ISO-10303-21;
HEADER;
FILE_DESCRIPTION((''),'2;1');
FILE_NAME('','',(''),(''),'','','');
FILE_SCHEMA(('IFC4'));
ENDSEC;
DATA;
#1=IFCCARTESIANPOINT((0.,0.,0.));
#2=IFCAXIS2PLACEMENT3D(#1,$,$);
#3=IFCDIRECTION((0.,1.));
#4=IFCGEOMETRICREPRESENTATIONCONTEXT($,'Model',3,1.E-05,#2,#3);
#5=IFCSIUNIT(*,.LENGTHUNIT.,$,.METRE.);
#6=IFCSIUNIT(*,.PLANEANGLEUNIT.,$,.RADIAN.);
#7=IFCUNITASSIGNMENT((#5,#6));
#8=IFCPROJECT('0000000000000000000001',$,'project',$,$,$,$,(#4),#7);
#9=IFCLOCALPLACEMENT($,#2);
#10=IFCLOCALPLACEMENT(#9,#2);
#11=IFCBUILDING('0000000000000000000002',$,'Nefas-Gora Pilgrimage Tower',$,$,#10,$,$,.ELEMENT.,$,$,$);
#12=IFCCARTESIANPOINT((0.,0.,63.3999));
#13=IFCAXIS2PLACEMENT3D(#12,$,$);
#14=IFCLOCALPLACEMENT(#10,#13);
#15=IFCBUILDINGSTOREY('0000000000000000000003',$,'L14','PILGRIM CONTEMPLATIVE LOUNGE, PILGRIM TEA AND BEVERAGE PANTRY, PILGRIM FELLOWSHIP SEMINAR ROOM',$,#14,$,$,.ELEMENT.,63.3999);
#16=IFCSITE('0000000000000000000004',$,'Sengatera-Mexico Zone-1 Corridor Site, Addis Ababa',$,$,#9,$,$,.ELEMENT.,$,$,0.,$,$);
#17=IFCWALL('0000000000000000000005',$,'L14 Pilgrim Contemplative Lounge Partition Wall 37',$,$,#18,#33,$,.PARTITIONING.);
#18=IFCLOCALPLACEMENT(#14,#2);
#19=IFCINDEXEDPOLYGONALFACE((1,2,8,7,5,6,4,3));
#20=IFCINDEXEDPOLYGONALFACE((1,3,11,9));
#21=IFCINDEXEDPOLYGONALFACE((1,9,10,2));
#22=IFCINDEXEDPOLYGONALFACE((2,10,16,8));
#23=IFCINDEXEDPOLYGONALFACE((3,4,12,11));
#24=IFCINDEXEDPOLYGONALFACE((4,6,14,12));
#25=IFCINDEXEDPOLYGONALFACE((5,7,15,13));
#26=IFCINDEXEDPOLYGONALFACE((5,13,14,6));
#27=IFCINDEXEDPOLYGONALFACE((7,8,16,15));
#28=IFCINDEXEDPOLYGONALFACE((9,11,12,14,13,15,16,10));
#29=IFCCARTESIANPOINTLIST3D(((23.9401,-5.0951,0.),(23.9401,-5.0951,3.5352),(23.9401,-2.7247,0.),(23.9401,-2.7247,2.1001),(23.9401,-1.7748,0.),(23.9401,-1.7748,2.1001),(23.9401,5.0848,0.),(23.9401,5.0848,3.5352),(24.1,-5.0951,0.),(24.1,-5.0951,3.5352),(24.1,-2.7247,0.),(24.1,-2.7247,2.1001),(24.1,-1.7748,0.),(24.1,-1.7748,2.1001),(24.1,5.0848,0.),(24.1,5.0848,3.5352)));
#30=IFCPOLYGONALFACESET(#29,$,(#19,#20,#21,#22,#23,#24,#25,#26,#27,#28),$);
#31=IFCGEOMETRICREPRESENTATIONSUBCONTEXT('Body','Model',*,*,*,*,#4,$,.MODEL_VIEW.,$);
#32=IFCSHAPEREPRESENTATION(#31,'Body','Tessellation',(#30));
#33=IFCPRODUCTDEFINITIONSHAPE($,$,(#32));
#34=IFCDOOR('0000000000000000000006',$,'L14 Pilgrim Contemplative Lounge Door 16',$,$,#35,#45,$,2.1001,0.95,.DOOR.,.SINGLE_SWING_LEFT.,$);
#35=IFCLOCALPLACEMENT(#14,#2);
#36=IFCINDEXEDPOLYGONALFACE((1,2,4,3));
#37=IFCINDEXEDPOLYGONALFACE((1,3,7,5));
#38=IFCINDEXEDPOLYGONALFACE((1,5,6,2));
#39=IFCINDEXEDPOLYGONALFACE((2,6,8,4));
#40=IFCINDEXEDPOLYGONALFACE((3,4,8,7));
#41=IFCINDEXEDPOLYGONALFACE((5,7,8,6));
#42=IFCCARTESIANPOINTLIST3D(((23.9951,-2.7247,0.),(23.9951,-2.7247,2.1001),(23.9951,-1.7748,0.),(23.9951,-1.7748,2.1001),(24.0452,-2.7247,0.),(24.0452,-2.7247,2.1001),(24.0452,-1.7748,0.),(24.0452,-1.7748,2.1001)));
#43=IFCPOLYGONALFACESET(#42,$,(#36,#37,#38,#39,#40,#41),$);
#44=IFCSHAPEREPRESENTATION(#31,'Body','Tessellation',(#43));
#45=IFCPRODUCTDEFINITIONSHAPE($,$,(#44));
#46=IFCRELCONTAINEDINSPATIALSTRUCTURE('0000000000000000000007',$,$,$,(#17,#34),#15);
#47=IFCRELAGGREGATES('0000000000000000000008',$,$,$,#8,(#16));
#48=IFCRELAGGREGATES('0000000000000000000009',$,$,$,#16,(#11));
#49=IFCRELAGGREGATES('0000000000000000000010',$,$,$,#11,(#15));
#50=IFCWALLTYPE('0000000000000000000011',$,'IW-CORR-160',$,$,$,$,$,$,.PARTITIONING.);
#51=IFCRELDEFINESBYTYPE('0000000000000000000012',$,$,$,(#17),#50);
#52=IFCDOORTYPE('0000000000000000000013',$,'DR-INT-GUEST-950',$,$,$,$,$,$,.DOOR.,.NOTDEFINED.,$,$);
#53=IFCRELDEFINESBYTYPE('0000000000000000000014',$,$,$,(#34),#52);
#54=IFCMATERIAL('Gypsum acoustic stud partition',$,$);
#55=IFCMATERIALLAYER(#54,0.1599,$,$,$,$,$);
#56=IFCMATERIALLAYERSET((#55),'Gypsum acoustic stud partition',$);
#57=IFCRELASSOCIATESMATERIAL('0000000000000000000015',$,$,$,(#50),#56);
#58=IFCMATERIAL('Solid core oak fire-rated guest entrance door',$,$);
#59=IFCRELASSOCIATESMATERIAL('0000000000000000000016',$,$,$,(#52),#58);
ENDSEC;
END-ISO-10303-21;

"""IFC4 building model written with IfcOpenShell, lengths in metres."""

from ifc_helpers import new_model, si_unit, direction, frame, frame_2d, origin, place, context, subcontext, project, spatial, rectangle, extrude, source, transform, mapped, material, layer, layer_set, type_object, element, fill, save


model = new_model("IFC4")

# Units and contexts
model_context = context("Model", 3, precision=1e-05, world=origin(), true_north=direction((0.0, 1.0)))
body_context = subcontext(model_context, "Body", "Model", "MODEL_VIEW")
ifc_project = project(units=[si_unit("LENGTHUNIT", "METRE"), si_unit("PLANEANGLEUNIT", "RADIAN")], contexts=[model_context])

# Site, building, storey
site_placement = place(None, origin())
site = spatial("IfcSite", under=ifc_project, at=site_placement, Name="Sengatera-Mexico Zone-1 Corridor Site, Addis Ababa", CompositionType="ELEMENT", RefElevation=0.0)
building_placement = place(site_placement, origin())
building = spatial("IfcBuilding", under=site, at=building_placement, Name="Nefas-Gora Pilgrimage Tower", CompositionType="ELEMENT")
storey_placement = place(building_placement, frame((0.0, 0.0, 63.3999)))
storey = spatial("IfcBuildingStorey", under=building, at=storey_placement, Name="L14", Description="PILGRIM CONTEMPLATIVE LOUNGE, PILGRIM TEA AND BEVERAGE PANTRY, PILGRIM FELLOWSHIP SEMINAR ROOM", CompositionType="ELEMENT", Elevation=63.3999)

# Wall, opening, door
ifc_material_1 = material(Name="Gypsum acoustic stud partition")
ifc_layer_1 = layer(ifc_material_1, 0.1599)
ifc_layer_set_1 = layer_set([ifc_layer_1], Name="Gypsum acoustic stud partition")
wall_type_1 = type_object("IfcWallType", Name="IW-CORR-160", PredefinedType="PARTITIONING", material=ifc_layer_set_1)
shared_shape_1 = source(origin(), body_context, "Body", "SweptSolid", [
    extrude(rectangle(XDim=10.1799, YDim=0.1599, at=frame_2d((5.0898, 0.0))), origin(), (0.0, 0.0, 1.0), 3.5352),
])
wall_1_placement = place(storey_placement, frame((24.02, -5.095, 0.0), z_axis=(0.0, 0.0, 1.0), x_axis=(0.0, 1.0, 0.0)))
wall_1 = element("IfcWall", 1, at=wall_1_placement, inside=storey, type_object=wall_type_1, Name="L14 Pilgrim Contemplative Lounge Partition Wall 37", PredefinedType="PARTITIONING", context=body_context, shape_type="MappedRepresentation", body=[
    mapped(shared_shape_1, transform((0.0, 0.0, 0.0), x_axis=(1.0, 0.0, 0.0), y_axis=(0.0, 1.0, 0.0), z_axis=(0.0, 0.0, 1.0), scale=1.0)),
])
opening_1_placement = place(wall_1_placement, frame((2.3701, 0.0, 0.0)))
opening_1 = element("IfcOpeningElement", 2, at=opening_1_placement, cuts=wall_1, PredefinedType="OPENING", context=body_context, shape_type="SweptSolid", body=[
    extrude(rectangle(XDim=0.95, YDim=2.1001, at=frame_2d((0.4751, 1.05))), frame((0.0, 0.0898, 0.0), z_axis=(0.0, -1.0, 0.0), x_axis=(1.0, 0.0, 0.0)), (0.0, 0.0, 1.0), 0.1799),
])
ifc_material_2 = material(Name="Solid core oak fire-rated guest entrance door")
door_type = type_object("IfcDoorType", Name="DR-INT-GUEST-950", OperationType="NOTDEFINED", PredefinedType="DOOR", material=ifc_material_2)
shared_shape_2 = source(origin(), body_context, "Body", "SweptSolid", [
    extrude(rectangle(XDim=0.95, YDim=2.1001, at=frame_2d((0.4751, 1.05))), frame((0.0, 0.0249, 0.0), z_axis=(0.0, -1.0, 0.0), x_axis=(1.0, 0.0, 0.0)), (0.0, 0.0, 1.0), 0.05),
])
door_placement = place(opening_1_placement, origin())
door = element("IfcDoor", 3, at=door_placement, inside=storey, type_object=door_type, Name="L14 Pilgrim Contemplative Lounge Door 16", OperationType="SINGLE_SWING_LEFT", OverallHeight=2.1001, OverallWidth=0.95, PredefinedType="DOOR", context=body_context, shape_type="MappedRepresentation", body=[
    mapped(shared_shape_2, transform((0.0, 0.0, 0.0), x_axis=(1.0, 0.0, 0.0), y_axis=(0.0, 1.0, 0.0), z_axis=(0.0, 0.0, 1.0), scale=1.0)),
])
fill(opening_1, door)

save(model, "model.ifc")
